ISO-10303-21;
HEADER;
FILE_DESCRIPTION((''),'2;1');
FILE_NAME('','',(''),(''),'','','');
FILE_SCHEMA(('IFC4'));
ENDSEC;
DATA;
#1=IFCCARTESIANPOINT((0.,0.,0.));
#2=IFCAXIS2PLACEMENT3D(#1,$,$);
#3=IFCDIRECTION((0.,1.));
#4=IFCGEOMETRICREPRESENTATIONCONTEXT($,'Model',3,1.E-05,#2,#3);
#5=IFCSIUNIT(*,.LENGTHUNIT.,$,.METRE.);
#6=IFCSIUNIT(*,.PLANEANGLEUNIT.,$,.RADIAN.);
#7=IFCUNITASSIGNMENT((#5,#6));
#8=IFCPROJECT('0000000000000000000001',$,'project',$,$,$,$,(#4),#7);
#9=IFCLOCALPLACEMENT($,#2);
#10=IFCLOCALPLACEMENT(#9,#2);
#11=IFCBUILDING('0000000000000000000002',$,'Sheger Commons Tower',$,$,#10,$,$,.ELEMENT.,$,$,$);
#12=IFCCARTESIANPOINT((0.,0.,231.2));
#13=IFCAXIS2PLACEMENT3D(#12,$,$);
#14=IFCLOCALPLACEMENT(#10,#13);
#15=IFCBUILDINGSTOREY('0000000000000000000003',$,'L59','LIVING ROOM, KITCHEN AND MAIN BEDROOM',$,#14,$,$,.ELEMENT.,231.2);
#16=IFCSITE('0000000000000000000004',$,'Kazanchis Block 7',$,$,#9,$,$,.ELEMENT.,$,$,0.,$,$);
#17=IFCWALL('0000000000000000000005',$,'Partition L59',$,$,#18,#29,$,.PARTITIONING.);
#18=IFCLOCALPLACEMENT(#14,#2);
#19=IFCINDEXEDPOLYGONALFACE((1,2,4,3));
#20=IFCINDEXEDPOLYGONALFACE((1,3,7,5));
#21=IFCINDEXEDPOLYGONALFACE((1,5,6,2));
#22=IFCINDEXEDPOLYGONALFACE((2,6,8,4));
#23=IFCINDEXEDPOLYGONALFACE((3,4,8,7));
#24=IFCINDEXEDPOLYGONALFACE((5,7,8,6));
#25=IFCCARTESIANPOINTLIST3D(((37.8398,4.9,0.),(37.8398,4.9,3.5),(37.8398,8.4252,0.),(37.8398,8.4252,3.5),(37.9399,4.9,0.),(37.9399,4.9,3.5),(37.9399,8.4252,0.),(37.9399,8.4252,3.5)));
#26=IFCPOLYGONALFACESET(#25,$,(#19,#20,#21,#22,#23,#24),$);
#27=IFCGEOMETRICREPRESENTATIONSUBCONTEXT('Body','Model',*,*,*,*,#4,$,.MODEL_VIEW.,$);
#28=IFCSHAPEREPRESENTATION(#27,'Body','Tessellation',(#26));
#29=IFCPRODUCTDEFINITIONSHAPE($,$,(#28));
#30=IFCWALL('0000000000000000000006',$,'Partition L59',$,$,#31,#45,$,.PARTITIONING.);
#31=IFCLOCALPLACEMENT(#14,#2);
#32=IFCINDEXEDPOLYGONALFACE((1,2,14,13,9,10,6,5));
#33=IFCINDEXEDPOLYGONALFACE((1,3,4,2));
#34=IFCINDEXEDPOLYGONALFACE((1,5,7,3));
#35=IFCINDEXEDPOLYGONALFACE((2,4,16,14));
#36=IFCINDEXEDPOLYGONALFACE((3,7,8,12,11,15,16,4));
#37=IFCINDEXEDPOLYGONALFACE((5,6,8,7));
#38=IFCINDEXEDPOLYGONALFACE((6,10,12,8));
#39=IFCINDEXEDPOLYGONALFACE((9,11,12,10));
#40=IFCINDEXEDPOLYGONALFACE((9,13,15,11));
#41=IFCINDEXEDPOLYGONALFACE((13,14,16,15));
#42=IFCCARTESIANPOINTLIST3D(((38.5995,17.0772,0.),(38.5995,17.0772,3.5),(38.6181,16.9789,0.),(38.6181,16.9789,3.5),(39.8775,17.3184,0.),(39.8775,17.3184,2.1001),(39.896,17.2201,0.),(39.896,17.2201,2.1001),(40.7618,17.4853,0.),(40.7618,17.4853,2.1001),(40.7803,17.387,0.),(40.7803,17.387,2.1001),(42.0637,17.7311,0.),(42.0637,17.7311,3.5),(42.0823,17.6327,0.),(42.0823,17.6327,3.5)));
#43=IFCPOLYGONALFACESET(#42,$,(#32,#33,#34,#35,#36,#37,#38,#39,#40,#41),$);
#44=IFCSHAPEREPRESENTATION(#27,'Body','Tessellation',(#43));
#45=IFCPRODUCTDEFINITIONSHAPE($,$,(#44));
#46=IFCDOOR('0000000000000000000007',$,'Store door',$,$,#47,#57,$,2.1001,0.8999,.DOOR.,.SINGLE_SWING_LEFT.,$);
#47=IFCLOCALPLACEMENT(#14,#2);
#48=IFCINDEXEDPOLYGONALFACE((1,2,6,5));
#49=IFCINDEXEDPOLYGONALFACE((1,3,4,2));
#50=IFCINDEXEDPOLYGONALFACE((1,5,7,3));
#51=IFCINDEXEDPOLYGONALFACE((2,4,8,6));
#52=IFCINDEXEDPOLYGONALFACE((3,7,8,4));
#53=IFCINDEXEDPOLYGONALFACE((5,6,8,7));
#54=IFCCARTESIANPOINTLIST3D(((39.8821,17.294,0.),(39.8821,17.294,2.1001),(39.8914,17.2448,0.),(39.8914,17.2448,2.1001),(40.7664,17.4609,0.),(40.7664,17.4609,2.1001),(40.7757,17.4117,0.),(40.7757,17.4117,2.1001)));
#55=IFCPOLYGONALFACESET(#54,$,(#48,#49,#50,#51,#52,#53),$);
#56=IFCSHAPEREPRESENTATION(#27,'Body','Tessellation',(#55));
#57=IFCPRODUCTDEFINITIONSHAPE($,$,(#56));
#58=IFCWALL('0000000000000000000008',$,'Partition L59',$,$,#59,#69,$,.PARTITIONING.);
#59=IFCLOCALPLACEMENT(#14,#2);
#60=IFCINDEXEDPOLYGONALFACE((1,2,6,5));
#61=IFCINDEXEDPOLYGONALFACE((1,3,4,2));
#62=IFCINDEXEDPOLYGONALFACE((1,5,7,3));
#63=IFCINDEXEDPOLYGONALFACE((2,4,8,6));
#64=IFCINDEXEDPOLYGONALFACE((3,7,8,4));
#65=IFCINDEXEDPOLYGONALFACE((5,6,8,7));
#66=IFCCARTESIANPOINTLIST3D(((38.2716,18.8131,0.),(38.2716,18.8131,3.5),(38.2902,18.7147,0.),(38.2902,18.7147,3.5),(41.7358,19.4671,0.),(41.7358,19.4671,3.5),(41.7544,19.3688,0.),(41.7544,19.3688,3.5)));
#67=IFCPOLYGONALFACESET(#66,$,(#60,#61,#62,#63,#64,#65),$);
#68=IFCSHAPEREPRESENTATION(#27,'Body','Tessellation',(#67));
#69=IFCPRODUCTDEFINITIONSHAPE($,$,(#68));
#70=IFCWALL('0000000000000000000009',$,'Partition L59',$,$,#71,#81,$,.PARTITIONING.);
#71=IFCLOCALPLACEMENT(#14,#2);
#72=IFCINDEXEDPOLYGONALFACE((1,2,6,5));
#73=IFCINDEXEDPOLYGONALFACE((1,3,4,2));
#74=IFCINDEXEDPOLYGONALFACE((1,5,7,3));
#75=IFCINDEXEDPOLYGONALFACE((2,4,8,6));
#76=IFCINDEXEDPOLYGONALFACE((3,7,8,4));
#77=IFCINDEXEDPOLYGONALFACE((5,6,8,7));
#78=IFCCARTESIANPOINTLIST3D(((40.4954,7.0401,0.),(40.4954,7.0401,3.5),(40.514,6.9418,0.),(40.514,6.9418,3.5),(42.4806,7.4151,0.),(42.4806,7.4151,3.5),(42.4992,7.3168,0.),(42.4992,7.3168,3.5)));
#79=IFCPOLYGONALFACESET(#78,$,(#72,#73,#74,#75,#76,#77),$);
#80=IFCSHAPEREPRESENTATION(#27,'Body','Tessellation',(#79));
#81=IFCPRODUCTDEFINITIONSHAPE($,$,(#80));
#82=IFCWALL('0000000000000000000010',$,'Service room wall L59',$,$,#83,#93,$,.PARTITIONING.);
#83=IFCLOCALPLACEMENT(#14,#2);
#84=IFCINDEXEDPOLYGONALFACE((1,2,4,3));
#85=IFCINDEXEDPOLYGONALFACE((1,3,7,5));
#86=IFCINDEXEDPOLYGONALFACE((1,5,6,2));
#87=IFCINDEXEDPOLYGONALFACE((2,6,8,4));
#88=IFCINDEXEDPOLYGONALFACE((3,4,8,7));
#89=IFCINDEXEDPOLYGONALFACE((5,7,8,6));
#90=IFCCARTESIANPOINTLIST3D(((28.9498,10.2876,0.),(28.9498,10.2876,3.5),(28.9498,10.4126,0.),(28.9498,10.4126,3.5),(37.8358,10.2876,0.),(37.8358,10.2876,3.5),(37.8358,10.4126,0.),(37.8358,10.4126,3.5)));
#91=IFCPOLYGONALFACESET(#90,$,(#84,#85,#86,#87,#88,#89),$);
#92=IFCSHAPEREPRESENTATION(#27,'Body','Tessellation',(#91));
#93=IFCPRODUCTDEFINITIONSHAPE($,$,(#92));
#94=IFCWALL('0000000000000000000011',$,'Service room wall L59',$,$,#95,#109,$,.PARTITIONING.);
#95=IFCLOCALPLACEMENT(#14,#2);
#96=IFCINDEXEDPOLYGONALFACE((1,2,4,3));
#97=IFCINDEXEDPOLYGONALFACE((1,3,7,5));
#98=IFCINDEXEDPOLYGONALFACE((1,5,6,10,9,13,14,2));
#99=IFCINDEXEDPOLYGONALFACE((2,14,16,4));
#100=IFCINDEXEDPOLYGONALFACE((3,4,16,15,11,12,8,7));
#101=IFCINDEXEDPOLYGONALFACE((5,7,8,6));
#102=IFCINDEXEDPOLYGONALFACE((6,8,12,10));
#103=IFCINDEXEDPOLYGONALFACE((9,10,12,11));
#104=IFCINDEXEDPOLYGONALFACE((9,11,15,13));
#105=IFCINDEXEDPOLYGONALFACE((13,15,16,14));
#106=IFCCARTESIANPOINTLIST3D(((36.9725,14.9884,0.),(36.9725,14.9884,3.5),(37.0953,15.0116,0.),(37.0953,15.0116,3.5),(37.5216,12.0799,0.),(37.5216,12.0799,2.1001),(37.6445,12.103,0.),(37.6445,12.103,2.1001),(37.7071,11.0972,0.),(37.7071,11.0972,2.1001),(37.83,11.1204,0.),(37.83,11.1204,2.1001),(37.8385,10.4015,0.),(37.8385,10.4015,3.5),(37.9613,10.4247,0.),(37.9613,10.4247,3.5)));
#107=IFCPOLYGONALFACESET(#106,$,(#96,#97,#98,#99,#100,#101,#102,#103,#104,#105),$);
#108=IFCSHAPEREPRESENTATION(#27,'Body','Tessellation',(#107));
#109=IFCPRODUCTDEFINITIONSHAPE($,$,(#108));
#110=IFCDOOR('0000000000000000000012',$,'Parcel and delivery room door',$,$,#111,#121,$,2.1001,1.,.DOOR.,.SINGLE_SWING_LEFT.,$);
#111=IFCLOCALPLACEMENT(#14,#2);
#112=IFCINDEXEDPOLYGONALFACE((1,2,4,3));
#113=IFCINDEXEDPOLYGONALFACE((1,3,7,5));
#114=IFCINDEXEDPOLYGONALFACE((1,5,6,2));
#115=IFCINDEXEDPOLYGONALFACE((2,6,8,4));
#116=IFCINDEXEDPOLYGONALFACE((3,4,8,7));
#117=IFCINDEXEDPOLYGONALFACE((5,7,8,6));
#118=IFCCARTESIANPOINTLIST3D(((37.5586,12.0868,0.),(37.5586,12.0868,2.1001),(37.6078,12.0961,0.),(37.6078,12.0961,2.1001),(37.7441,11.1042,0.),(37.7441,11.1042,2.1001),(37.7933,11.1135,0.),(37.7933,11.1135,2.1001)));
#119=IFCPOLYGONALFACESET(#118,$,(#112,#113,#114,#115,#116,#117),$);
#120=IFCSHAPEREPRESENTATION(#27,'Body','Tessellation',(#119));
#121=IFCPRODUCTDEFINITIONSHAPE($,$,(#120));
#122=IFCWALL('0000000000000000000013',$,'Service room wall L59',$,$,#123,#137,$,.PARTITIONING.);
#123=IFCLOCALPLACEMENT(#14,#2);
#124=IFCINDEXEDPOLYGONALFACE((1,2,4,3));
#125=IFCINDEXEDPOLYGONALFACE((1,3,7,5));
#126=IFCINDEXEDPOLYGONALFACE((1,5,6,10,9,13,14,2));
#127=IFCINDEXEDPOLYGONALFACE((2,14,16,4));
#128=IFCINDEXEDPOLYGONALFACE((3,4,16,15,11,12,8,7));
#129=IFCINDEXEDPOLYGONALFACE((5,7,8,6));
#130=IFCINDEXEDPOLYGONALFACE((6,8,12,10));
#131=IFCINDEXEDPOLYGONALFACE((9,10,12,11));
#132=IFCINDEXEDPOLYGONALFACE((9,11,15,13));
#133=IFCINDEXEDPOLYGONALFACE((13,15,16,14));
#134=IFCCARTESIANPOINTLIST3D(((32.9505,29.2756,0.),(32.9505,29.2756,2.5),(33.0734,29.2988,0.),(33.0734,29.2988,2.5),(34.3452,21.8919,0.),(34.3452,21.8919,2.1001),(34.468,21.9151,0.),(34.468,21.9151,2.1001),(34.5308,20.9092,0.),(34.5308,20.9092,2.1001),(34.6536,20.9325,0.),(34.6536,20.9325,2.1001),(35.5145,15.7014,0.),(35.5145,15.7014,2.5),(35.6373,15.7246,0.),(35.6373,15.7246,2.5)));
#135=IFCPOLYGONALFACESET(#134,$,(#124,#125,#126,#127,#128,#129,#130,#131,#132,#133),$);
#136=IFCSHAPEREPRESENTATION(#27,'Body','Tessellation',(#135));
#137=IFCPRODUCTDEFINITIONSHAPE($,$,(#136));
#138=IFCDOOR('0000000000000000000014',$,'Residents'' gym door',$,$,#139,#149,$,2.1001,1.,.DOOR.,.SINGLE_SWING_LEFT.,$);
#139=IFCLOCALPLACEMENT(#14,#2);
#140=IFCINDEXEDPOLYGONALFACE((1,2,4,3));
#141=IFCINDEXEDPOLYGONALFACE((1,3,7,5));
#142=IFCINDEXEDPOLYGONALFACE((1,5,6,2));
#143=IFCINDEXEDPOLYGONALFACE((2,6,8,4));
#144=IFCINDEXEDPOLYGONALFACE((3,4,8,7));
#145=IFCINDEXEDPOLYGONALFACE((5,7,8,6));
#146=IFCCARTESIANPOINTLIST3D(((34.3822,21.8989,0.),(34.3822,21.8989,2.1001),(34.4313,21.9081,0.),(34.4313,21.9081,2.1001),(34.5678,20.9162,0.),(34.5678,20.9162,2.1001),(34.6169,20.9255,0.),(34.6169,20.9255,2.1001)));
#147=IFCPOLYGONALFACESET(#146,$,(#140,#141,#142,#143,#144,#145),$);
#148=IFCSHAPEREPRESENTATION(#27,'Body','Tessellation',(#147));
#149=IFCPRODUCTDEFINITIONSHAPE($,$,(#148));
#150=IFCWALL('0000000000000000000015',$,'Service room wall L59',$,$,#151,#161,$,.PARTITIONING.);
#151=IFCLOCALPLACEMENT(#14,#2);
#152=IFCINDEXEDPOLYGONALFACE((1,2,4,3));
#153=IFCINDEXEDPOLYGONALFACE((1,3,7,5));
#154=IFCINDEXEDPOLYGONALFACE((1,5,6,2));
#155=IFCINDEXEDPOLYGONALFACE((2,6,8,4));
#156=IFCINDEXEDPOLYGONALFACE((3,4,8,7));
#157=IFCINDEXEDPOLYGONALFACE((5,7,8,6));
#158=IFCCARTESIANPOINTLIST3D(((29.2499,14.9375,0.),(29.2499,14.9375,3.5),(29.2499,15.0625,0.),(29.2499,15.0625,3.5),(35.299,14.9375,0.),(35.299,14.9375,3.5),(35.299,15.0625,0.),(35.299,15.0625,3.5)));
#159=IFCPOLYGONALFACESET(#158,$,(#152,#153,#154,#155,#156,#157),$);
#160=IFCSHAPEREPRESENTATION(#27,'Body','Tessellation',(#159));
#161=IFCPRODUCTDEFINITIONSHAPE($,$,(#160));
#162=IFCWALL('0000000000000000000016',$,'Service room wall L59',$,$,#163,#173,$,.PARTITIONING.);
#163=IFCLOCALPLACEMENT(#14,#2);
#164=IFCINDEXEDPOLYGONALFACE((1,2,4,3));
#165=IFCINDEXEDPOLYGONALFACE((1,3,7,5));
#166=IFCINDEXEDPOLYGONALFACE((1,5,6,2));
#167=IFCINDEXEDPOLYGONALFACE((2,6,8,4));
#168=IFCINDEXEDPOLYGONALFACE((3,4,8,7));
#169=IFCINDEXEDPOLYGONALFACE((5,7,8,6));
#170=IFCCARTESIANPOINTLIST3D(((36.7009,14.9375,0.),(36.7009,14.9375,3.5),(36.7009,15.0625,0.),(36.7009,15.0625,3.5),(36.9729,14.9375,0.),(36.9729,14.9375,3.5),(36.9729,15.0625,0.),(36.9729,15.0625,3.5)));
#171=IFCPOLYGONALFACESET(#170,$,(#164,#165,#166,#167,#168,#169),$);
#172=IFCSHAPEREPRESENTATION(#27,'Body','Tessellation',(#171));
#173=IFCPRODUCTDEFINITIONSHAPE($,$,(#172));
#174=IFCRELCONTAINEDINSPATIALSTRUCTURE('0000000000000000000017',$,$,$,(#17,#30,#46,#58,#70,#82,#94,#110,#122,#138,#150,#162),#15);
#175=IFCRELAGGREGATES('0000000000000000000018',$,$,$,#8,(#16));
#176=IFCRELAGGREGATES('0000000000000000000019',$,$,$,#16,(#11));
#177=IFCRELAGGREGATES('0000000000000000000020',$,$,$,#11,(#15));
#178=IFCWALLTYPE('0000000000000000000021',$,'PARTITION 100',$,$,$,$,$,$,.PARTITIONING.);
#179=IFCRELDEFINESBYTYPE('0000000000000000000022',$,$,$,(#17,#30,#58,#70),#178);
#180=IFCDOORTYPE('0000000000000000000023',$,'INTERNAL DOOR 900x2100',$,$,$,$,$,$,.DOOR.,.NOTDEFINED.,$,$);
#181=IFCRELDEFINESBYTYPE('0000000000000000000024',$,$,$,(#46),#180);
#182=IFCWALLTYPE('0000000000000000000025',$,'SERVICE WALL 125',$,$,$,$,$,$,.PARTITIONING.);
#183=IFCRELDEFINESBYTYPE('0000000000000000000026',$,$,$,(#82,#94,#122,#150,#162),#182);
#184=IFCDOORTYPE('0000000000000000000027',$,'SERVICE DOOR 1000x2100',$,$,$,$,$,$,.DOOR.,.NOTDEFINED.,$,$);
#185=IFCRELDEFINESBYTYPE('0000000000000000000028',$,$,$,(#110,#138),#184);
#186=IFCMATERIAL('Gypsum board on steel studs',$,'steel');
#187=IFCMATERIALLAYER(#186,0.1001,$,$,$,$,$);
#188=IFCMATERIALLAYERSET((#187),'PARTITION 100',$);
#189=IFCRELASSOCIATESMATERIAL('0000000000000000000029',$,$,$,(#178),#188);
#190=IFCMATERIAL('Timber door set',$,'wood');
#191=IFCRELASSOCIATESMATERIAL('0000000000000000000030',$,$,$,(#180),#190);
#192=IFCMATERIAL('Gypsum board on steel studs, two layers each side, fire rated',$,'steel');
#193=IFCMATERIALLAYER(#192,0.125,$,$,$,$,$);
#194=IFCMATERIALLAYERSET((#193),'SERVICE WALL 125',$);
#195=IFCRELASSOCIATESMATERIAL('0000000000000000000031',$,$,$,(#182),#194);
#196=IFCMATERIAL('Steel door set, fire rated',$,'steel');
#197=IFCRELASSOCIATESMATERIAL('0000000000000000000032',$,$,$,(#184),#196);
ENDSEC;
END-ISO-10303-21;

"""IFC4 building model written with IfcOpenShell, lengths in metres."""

from ifc_helpers import new_model, si_unit, direction, frame, frame_2d, origin, place, context, subcontext, project, spatial, rectangle, extrude, material, layer, layer_set, type_object, element, fill, save


model = new_model("IFC4")

# Units and contexts
model_context = context("Model", 3, precision=1e-05, world=origin(), true_north=direction((0.0, 1.0)))
body_context = subcontext(model_context, "Body", "Model", "MODEL_VIEW")
ifc_project = project(units=[si_unit("LENGTHUNIT", "METRE"), si_unit("PLANEANGLEUNIT", "RADIAN")], contexts=[model_context])

# Site, building, storey
site_placement = place(None, origin())
site = spatial("IfcSite", under=ifc_project, at=site_placement, Name="Kazanchis Block 7", CompositionType="ELEMENT", RefElevation=0.0)
building_placement = place(site_placement, origin())
building = spatial("IfcBuilding", under=site, at=building_placement, Name="Sheger Commons Tower", CompositionType="ELEMENT")
storey_placement = place(building_placement, frame((0.0, 0.0, 231.2)))
storey = spatial("IfcBuildingStorey", under=building, at=storey_placement, Name="L59", Description="LIVING ROOM, KITCHEN AND MAIN BEDROOM", CompositionType="ELEMENT", Elevation=231.2)

# Wall
ifc_material_1 = material(Name="Gypsum board on steel studs", Category="steel")
ifc_layer_1 = layer(ifc_material_1, 0.1001)
ifc_layer_set_1 = layer_set([ifc_layer_1], Name="PARTITION 100")
wall_type_1 = type_object("IfcWallType", Name="PARTITION 100", PredefinedType="PARTITIONING", material=ifc_layer_set_1)
for number, where, z_axis, x_axis, name in (
    (1, (37.8899, 4.8999, 0.0), (0.0, 0.0, 1.0), (0.0, 1.0, 0.0), "Partition L59"),
):
    element("IfcWall", number, at=place(storey_placement, frame(where, z_axis=z_axis, x_axis=x_axis)), inside=storey, type_object=wall_type_1, Name=name, PredefinedType="PARTITIONING", context=body_context, shape_type="SweptSolid", body=[
        extrude(rectangle(XDim=3.5251, YDim=0.1001, at=frame_2d((1.7627, 0.0))), origin(), (0.0, 0.0, 1.0), 3.5),
    ])

# Wall, opening, door
wall_1_placement = place(storey_placement, frame((42.073, 17.6819, 0.0), z_axis=(0.0, 0.0, 1.0), x_axis=(-0.982651, -0.185463, 0.0)))
wall_1 = element("IfcWall", 2, at=wall_1_placement, inside=storey, type_object=wall_type_1, Name="Partition L59", PredefinedType="PARTITIONING", context=body_context, shape_type="SweptSolid", body=[
    extrude(rectangle(XDim=3.5254, YDim=0.1001, at=frame_2d((1.7627, 0.0))), origin(), (0.0, 0.0, 1.0), 3.5),
])
opening_1_placement = place(wall_1_placement, frame((1.325, 0.0, 0.0)))
opening_1 = element("IfcOpeningElement", 3, at=opening_1_placement, cuts=wall_1, PredefinedType="OPENING", context=body_context, shape_type="SweptSolid", body=[
    extrude(rectangle(XDim=0.8999, YDim=2.1001, at=frame_2d((0.45, 1.05))), frame((0.0, 0.0601, 0.0), z_axis=(0.0, -1.0, 0.0), x_axis=(1.0, 0.0, 0.0)), (0.0, 0.0, 1.0), 0.1201),
])
ifc_material_2 = material(Name="Timber door set", Category="wood")
door_type_1 = type_object("IfcDoorType", Name="INTERNAL DOOR 900x2100", OperationType="NOTDEFINED", PredefinedType="DOOR", material=ifc_material_2)
door_1_placement = place(opening_1_placement, origin())
door_1 = element("IfcDoor", 4, at=door_1_placement, inside=storey, type_object=door_type_1, Name="Store door", OperationType="SINGLE_SWING_LEFT", OverallHeight=2.1001, OverallWidth=0.8999, PredefinedType="DOOR", context=body_context, shape_type="SweptSolid", body=[
    extrude(rectangle(XDim=0.8999, YDim=2.1001, at=frame_2d((0.45, 1.05))), frame((0.0, 0.0249, 0.0), z_axis=(0.0, -1.0, 0.0), x_axis=(1.0, 0.0, 0.0)), (0.0, 0.0, 1.0), 0.05),
])
fill(opening_1, door_1)

# Walls
wall_2_placement = place(storey_placement, frame((41.7451, 19.418, 0.0), z_axis=(0.0, 0.0, 1.0), x_axis=(-0.982639, -0.18553, 0.0)))
element("IfcWall", 5, at=wall_2_placement, inside=storey, type_object=wall_type_1, Name="Partition L59", PredefinedType="PARTITIONING", context=body_context, shape_type="SweptSolid", body=[
    extrude(rectangle(XDim=3.5254, YDim=0.1001, at=frame_2d((1.7627, 0.0))), origin(), (0.0, 0.0, 1.0), 3.5),
])
wall_3_placement = place(storey_placement, frame((42.49, 7.366, 0.0), z_axis=(0.0, 0.0, 1.0), x_axis=(-0.982621, -0.185624, 0.0)))
element("IfcWall", 6, at=wall_3_placement, inside=storey, type_object=wall_type_1, Name="Partition L59", PredefinedType="PARTITIONING", context=body_context, shape_type="SweptSolid", body=[
    extrude(rectangle(XDim=2.0203, YDim=0.1001, at=frame_2d((1.0103, 0.0))), origin(), (0.0, 0.0, 1.0), 3.5),
])
ifc_material_3 = material(Name="Gypsum board on steel studs, two layers each side, fire rated", Category="steel")
ifc_layer_2 = layer(ifc_material_3, 0.125)
ifc_layer_set_2 = layer_set([ifc_layer_2], Name="SERVICE WALL 125")
wall_type_2 = type_object("IfcWallType", Name="SERVICE WALL 125", PredefinedType="PARTITIONING", material=ifc_layer_set_2)
wall_4_placement = place(storey_placement, frame((28.95, 10.3501, 0.0), z_axis=(0.0, 0.0, 1.0), x_axis=(1.0, 0.0, 0.0)))
element("IfcWall", 7, at=wall_4_placement, inside=storey, type_object=wall_type_2, Name="Service room wall L59", PredefinedType="PARTITIONING", context=body_context, shape_type="SweptSolid", body=[
    extrude(rectangle(XDim=8.886, YDim=0.125, at=frame_2d((4.4429, 0.0))), origin(), (0.0, 0.0, 1.0), 3.5),
])

# Walls, openings, doors
wall_5_placement = place(storey_placement, frame((37.8999, 10.4131, 0.0), z_axis=(0.0, 0.0, 1.0), x_axis=(-0.185514, 0.982642, 0.0)))
wall_5 = element("IfcWall", 8, at=wall_5_placement, inside=storey, type_object=wall_type_2, Name="Service room wall L59", PredefinedType="PARTITIONING", context=body_context, shape_type="SweptSolid", body=[
    extrude(rectangle(XDim=4.668, YDim=0.125, at=frame_2d((2.334, 0.0))), origin(), (0.0, 0.0, 1.0), 3.5),
])
opening_2_placement = place(wall_5_placement, frame((0.708, 0.0, 0.0)))
opening_2 = element("IfcOpeningElement", 9, at=opening_2_placement, cuts=wall_5, PredefinedType="OPENING", context=body_context, shape_type="SweptSolid", body=[
    extrude(rectangle(XDim=1.0, YDim=2.1001, at=frame_2d((0.5, 1.05))), frame((0.0, 0.0725, 0.0), z_axis=(0.0, -1.0, 0.0), x_axis=(1.0, 0.0, 0.0)), (0.0, 0.0, 1.0), 0.145),
])
ifc_material_4 = material(Name="Steel door set, fire rated", Category="steel")
door_type_2 = type_object("IfcDoorType", Name="SERVICE DOOR 1000x2100", OperationType="NOTDEFINED", PredefinedType="DOOR", material=ifc_material_4)
door_2_placement = place(opening_2_placement, origin())
door_2 = element("IfcDoor", 10, at=door_2_placement, inside=storey, type_object=door_type_2, Name="Parcel and delivery room door", OperationType="SINGLE_SWING_LEFT", OverallHeight=2.1001, OverallWidth=1.0, PredefinedType="DOOR", context=body_context, shape_type="SweptSolid", body=[
    extrude(rectangle(XDim=1.0, YDim=2.1001, at=frame_2d((0.5, 1.05))), frame((0.0, 0.0249, 0.0), z_axis=(0.0, -1.0, 0.0), x_axis=(1.0, 0.0, 0.0)), (0.0, 0.0, 1.0), 0.05),
])
fill(opening_2, door_2)
wall_6_placement = place(storey_placement, frame((35.5759, 15.7129, 0.0), z_axis=(0.0, 0.0, 1.0), x_axis=(-0.185603, 0.982625, 0.0)))
wall_6 = element("IfcWall", 11, at=wall_6_placement, inside=storey, type_object=wall_type_2, Name="Service room wall L59", PredefinedType="PARTITIONING", context=body_context, shape_type="SweptSolid", body=[
    extrude(rectangle(XDim=13.8142, YDim=0.125, at=frame_2d((6.9072, 0.0))), origin(), (0.0, 0.0, 1.0), 2.5),
])
opening_3_placement = place(wall_6_placement, frame((5.3, 0.0, 0.0)))
opening_3 = element("IfcOpeningElement", 12, at=opening_3_placement, cuts=wall_6, PredefinedType="OPENING", context=body_context, shape_type="SweptSolid", body=[
    extrude(rectangle(XDim=1.0, YDim=2.1001, at=frame_2d((0.5, 1.05))), frame((0.0, 0.0725, 0.0), z_axis=(0.0, -1.0, 0.0), x_axis=(1.0, 0.0, 0.0)), (0.0, 0.0, 1.0), 0.145),
])
door_3_placement = place(opening_3_placement, origin())
door_3 = element("IfcDoor", 13, at=door_3_placement, inside=storey, type_object=door_type_2, Name="Residents' gym door", OperationType="SINGLE_SWING_LEFT", OverallHeight=2.1001, OverallWidth=1.0, PredefinedType="DOOR", context=body_context, shape_type="SweptSolid", body=[
    extrude(rectangle(XDim=1.0, YDim=2.1001, at=frame_2d((0.5, 1.05))), frame((0.0, 0.0249, 0.0), z_axis=(0.0, -1.0, 0.0), x_axis=(1.0, 0.0, 0.0)), (0.0, 0.0, 1.0), 0.05),
])
fill(opening_3, door_3)

# Walls
wall_7_placement = place(storey_placement, frame((29.25, 15.0, 0.0), z_axis=(0.0, 0.0, 1.0), x_axis=(1.0, 0.0, 0.0)))
element("IfcWall", 14, at=wall_7_placement, inside=storey, type_object=wall_type_2, Name="Service room wall L59", PredefinedType="PARTITIONING", context=body_context, shape_type="SweptSolid", body=[
    extrude(rectangle(XDim=6.0491, YDim=0.125, at=frame_2d((3.0244, 0.0))), origin(), (0.0, 0.0, 1.0), 3.5),
])
wall_8_placement = place(storey_placement, frame((36.7009, 15.0, 0.0), z_axis=(0.0, 0.0, 1.0), x_axis=(1.0, 0.0, 0.0)))
element("IfcWall", 15, at=wall_8_placement, inside=storey, type_object=wall_type_2, Name="Service room wall L59", PredefinedType="PARTITIONING", context=body_context, shape_type="SweptSolid", body=[
    extrude(rectangle(XDim=0.272, YDim=0.125, at=frame_2d((0.136, 0.0))), origin(), (0.0, 0.0, 1.0), 3.5),
])

save(model, "model.ifc")
